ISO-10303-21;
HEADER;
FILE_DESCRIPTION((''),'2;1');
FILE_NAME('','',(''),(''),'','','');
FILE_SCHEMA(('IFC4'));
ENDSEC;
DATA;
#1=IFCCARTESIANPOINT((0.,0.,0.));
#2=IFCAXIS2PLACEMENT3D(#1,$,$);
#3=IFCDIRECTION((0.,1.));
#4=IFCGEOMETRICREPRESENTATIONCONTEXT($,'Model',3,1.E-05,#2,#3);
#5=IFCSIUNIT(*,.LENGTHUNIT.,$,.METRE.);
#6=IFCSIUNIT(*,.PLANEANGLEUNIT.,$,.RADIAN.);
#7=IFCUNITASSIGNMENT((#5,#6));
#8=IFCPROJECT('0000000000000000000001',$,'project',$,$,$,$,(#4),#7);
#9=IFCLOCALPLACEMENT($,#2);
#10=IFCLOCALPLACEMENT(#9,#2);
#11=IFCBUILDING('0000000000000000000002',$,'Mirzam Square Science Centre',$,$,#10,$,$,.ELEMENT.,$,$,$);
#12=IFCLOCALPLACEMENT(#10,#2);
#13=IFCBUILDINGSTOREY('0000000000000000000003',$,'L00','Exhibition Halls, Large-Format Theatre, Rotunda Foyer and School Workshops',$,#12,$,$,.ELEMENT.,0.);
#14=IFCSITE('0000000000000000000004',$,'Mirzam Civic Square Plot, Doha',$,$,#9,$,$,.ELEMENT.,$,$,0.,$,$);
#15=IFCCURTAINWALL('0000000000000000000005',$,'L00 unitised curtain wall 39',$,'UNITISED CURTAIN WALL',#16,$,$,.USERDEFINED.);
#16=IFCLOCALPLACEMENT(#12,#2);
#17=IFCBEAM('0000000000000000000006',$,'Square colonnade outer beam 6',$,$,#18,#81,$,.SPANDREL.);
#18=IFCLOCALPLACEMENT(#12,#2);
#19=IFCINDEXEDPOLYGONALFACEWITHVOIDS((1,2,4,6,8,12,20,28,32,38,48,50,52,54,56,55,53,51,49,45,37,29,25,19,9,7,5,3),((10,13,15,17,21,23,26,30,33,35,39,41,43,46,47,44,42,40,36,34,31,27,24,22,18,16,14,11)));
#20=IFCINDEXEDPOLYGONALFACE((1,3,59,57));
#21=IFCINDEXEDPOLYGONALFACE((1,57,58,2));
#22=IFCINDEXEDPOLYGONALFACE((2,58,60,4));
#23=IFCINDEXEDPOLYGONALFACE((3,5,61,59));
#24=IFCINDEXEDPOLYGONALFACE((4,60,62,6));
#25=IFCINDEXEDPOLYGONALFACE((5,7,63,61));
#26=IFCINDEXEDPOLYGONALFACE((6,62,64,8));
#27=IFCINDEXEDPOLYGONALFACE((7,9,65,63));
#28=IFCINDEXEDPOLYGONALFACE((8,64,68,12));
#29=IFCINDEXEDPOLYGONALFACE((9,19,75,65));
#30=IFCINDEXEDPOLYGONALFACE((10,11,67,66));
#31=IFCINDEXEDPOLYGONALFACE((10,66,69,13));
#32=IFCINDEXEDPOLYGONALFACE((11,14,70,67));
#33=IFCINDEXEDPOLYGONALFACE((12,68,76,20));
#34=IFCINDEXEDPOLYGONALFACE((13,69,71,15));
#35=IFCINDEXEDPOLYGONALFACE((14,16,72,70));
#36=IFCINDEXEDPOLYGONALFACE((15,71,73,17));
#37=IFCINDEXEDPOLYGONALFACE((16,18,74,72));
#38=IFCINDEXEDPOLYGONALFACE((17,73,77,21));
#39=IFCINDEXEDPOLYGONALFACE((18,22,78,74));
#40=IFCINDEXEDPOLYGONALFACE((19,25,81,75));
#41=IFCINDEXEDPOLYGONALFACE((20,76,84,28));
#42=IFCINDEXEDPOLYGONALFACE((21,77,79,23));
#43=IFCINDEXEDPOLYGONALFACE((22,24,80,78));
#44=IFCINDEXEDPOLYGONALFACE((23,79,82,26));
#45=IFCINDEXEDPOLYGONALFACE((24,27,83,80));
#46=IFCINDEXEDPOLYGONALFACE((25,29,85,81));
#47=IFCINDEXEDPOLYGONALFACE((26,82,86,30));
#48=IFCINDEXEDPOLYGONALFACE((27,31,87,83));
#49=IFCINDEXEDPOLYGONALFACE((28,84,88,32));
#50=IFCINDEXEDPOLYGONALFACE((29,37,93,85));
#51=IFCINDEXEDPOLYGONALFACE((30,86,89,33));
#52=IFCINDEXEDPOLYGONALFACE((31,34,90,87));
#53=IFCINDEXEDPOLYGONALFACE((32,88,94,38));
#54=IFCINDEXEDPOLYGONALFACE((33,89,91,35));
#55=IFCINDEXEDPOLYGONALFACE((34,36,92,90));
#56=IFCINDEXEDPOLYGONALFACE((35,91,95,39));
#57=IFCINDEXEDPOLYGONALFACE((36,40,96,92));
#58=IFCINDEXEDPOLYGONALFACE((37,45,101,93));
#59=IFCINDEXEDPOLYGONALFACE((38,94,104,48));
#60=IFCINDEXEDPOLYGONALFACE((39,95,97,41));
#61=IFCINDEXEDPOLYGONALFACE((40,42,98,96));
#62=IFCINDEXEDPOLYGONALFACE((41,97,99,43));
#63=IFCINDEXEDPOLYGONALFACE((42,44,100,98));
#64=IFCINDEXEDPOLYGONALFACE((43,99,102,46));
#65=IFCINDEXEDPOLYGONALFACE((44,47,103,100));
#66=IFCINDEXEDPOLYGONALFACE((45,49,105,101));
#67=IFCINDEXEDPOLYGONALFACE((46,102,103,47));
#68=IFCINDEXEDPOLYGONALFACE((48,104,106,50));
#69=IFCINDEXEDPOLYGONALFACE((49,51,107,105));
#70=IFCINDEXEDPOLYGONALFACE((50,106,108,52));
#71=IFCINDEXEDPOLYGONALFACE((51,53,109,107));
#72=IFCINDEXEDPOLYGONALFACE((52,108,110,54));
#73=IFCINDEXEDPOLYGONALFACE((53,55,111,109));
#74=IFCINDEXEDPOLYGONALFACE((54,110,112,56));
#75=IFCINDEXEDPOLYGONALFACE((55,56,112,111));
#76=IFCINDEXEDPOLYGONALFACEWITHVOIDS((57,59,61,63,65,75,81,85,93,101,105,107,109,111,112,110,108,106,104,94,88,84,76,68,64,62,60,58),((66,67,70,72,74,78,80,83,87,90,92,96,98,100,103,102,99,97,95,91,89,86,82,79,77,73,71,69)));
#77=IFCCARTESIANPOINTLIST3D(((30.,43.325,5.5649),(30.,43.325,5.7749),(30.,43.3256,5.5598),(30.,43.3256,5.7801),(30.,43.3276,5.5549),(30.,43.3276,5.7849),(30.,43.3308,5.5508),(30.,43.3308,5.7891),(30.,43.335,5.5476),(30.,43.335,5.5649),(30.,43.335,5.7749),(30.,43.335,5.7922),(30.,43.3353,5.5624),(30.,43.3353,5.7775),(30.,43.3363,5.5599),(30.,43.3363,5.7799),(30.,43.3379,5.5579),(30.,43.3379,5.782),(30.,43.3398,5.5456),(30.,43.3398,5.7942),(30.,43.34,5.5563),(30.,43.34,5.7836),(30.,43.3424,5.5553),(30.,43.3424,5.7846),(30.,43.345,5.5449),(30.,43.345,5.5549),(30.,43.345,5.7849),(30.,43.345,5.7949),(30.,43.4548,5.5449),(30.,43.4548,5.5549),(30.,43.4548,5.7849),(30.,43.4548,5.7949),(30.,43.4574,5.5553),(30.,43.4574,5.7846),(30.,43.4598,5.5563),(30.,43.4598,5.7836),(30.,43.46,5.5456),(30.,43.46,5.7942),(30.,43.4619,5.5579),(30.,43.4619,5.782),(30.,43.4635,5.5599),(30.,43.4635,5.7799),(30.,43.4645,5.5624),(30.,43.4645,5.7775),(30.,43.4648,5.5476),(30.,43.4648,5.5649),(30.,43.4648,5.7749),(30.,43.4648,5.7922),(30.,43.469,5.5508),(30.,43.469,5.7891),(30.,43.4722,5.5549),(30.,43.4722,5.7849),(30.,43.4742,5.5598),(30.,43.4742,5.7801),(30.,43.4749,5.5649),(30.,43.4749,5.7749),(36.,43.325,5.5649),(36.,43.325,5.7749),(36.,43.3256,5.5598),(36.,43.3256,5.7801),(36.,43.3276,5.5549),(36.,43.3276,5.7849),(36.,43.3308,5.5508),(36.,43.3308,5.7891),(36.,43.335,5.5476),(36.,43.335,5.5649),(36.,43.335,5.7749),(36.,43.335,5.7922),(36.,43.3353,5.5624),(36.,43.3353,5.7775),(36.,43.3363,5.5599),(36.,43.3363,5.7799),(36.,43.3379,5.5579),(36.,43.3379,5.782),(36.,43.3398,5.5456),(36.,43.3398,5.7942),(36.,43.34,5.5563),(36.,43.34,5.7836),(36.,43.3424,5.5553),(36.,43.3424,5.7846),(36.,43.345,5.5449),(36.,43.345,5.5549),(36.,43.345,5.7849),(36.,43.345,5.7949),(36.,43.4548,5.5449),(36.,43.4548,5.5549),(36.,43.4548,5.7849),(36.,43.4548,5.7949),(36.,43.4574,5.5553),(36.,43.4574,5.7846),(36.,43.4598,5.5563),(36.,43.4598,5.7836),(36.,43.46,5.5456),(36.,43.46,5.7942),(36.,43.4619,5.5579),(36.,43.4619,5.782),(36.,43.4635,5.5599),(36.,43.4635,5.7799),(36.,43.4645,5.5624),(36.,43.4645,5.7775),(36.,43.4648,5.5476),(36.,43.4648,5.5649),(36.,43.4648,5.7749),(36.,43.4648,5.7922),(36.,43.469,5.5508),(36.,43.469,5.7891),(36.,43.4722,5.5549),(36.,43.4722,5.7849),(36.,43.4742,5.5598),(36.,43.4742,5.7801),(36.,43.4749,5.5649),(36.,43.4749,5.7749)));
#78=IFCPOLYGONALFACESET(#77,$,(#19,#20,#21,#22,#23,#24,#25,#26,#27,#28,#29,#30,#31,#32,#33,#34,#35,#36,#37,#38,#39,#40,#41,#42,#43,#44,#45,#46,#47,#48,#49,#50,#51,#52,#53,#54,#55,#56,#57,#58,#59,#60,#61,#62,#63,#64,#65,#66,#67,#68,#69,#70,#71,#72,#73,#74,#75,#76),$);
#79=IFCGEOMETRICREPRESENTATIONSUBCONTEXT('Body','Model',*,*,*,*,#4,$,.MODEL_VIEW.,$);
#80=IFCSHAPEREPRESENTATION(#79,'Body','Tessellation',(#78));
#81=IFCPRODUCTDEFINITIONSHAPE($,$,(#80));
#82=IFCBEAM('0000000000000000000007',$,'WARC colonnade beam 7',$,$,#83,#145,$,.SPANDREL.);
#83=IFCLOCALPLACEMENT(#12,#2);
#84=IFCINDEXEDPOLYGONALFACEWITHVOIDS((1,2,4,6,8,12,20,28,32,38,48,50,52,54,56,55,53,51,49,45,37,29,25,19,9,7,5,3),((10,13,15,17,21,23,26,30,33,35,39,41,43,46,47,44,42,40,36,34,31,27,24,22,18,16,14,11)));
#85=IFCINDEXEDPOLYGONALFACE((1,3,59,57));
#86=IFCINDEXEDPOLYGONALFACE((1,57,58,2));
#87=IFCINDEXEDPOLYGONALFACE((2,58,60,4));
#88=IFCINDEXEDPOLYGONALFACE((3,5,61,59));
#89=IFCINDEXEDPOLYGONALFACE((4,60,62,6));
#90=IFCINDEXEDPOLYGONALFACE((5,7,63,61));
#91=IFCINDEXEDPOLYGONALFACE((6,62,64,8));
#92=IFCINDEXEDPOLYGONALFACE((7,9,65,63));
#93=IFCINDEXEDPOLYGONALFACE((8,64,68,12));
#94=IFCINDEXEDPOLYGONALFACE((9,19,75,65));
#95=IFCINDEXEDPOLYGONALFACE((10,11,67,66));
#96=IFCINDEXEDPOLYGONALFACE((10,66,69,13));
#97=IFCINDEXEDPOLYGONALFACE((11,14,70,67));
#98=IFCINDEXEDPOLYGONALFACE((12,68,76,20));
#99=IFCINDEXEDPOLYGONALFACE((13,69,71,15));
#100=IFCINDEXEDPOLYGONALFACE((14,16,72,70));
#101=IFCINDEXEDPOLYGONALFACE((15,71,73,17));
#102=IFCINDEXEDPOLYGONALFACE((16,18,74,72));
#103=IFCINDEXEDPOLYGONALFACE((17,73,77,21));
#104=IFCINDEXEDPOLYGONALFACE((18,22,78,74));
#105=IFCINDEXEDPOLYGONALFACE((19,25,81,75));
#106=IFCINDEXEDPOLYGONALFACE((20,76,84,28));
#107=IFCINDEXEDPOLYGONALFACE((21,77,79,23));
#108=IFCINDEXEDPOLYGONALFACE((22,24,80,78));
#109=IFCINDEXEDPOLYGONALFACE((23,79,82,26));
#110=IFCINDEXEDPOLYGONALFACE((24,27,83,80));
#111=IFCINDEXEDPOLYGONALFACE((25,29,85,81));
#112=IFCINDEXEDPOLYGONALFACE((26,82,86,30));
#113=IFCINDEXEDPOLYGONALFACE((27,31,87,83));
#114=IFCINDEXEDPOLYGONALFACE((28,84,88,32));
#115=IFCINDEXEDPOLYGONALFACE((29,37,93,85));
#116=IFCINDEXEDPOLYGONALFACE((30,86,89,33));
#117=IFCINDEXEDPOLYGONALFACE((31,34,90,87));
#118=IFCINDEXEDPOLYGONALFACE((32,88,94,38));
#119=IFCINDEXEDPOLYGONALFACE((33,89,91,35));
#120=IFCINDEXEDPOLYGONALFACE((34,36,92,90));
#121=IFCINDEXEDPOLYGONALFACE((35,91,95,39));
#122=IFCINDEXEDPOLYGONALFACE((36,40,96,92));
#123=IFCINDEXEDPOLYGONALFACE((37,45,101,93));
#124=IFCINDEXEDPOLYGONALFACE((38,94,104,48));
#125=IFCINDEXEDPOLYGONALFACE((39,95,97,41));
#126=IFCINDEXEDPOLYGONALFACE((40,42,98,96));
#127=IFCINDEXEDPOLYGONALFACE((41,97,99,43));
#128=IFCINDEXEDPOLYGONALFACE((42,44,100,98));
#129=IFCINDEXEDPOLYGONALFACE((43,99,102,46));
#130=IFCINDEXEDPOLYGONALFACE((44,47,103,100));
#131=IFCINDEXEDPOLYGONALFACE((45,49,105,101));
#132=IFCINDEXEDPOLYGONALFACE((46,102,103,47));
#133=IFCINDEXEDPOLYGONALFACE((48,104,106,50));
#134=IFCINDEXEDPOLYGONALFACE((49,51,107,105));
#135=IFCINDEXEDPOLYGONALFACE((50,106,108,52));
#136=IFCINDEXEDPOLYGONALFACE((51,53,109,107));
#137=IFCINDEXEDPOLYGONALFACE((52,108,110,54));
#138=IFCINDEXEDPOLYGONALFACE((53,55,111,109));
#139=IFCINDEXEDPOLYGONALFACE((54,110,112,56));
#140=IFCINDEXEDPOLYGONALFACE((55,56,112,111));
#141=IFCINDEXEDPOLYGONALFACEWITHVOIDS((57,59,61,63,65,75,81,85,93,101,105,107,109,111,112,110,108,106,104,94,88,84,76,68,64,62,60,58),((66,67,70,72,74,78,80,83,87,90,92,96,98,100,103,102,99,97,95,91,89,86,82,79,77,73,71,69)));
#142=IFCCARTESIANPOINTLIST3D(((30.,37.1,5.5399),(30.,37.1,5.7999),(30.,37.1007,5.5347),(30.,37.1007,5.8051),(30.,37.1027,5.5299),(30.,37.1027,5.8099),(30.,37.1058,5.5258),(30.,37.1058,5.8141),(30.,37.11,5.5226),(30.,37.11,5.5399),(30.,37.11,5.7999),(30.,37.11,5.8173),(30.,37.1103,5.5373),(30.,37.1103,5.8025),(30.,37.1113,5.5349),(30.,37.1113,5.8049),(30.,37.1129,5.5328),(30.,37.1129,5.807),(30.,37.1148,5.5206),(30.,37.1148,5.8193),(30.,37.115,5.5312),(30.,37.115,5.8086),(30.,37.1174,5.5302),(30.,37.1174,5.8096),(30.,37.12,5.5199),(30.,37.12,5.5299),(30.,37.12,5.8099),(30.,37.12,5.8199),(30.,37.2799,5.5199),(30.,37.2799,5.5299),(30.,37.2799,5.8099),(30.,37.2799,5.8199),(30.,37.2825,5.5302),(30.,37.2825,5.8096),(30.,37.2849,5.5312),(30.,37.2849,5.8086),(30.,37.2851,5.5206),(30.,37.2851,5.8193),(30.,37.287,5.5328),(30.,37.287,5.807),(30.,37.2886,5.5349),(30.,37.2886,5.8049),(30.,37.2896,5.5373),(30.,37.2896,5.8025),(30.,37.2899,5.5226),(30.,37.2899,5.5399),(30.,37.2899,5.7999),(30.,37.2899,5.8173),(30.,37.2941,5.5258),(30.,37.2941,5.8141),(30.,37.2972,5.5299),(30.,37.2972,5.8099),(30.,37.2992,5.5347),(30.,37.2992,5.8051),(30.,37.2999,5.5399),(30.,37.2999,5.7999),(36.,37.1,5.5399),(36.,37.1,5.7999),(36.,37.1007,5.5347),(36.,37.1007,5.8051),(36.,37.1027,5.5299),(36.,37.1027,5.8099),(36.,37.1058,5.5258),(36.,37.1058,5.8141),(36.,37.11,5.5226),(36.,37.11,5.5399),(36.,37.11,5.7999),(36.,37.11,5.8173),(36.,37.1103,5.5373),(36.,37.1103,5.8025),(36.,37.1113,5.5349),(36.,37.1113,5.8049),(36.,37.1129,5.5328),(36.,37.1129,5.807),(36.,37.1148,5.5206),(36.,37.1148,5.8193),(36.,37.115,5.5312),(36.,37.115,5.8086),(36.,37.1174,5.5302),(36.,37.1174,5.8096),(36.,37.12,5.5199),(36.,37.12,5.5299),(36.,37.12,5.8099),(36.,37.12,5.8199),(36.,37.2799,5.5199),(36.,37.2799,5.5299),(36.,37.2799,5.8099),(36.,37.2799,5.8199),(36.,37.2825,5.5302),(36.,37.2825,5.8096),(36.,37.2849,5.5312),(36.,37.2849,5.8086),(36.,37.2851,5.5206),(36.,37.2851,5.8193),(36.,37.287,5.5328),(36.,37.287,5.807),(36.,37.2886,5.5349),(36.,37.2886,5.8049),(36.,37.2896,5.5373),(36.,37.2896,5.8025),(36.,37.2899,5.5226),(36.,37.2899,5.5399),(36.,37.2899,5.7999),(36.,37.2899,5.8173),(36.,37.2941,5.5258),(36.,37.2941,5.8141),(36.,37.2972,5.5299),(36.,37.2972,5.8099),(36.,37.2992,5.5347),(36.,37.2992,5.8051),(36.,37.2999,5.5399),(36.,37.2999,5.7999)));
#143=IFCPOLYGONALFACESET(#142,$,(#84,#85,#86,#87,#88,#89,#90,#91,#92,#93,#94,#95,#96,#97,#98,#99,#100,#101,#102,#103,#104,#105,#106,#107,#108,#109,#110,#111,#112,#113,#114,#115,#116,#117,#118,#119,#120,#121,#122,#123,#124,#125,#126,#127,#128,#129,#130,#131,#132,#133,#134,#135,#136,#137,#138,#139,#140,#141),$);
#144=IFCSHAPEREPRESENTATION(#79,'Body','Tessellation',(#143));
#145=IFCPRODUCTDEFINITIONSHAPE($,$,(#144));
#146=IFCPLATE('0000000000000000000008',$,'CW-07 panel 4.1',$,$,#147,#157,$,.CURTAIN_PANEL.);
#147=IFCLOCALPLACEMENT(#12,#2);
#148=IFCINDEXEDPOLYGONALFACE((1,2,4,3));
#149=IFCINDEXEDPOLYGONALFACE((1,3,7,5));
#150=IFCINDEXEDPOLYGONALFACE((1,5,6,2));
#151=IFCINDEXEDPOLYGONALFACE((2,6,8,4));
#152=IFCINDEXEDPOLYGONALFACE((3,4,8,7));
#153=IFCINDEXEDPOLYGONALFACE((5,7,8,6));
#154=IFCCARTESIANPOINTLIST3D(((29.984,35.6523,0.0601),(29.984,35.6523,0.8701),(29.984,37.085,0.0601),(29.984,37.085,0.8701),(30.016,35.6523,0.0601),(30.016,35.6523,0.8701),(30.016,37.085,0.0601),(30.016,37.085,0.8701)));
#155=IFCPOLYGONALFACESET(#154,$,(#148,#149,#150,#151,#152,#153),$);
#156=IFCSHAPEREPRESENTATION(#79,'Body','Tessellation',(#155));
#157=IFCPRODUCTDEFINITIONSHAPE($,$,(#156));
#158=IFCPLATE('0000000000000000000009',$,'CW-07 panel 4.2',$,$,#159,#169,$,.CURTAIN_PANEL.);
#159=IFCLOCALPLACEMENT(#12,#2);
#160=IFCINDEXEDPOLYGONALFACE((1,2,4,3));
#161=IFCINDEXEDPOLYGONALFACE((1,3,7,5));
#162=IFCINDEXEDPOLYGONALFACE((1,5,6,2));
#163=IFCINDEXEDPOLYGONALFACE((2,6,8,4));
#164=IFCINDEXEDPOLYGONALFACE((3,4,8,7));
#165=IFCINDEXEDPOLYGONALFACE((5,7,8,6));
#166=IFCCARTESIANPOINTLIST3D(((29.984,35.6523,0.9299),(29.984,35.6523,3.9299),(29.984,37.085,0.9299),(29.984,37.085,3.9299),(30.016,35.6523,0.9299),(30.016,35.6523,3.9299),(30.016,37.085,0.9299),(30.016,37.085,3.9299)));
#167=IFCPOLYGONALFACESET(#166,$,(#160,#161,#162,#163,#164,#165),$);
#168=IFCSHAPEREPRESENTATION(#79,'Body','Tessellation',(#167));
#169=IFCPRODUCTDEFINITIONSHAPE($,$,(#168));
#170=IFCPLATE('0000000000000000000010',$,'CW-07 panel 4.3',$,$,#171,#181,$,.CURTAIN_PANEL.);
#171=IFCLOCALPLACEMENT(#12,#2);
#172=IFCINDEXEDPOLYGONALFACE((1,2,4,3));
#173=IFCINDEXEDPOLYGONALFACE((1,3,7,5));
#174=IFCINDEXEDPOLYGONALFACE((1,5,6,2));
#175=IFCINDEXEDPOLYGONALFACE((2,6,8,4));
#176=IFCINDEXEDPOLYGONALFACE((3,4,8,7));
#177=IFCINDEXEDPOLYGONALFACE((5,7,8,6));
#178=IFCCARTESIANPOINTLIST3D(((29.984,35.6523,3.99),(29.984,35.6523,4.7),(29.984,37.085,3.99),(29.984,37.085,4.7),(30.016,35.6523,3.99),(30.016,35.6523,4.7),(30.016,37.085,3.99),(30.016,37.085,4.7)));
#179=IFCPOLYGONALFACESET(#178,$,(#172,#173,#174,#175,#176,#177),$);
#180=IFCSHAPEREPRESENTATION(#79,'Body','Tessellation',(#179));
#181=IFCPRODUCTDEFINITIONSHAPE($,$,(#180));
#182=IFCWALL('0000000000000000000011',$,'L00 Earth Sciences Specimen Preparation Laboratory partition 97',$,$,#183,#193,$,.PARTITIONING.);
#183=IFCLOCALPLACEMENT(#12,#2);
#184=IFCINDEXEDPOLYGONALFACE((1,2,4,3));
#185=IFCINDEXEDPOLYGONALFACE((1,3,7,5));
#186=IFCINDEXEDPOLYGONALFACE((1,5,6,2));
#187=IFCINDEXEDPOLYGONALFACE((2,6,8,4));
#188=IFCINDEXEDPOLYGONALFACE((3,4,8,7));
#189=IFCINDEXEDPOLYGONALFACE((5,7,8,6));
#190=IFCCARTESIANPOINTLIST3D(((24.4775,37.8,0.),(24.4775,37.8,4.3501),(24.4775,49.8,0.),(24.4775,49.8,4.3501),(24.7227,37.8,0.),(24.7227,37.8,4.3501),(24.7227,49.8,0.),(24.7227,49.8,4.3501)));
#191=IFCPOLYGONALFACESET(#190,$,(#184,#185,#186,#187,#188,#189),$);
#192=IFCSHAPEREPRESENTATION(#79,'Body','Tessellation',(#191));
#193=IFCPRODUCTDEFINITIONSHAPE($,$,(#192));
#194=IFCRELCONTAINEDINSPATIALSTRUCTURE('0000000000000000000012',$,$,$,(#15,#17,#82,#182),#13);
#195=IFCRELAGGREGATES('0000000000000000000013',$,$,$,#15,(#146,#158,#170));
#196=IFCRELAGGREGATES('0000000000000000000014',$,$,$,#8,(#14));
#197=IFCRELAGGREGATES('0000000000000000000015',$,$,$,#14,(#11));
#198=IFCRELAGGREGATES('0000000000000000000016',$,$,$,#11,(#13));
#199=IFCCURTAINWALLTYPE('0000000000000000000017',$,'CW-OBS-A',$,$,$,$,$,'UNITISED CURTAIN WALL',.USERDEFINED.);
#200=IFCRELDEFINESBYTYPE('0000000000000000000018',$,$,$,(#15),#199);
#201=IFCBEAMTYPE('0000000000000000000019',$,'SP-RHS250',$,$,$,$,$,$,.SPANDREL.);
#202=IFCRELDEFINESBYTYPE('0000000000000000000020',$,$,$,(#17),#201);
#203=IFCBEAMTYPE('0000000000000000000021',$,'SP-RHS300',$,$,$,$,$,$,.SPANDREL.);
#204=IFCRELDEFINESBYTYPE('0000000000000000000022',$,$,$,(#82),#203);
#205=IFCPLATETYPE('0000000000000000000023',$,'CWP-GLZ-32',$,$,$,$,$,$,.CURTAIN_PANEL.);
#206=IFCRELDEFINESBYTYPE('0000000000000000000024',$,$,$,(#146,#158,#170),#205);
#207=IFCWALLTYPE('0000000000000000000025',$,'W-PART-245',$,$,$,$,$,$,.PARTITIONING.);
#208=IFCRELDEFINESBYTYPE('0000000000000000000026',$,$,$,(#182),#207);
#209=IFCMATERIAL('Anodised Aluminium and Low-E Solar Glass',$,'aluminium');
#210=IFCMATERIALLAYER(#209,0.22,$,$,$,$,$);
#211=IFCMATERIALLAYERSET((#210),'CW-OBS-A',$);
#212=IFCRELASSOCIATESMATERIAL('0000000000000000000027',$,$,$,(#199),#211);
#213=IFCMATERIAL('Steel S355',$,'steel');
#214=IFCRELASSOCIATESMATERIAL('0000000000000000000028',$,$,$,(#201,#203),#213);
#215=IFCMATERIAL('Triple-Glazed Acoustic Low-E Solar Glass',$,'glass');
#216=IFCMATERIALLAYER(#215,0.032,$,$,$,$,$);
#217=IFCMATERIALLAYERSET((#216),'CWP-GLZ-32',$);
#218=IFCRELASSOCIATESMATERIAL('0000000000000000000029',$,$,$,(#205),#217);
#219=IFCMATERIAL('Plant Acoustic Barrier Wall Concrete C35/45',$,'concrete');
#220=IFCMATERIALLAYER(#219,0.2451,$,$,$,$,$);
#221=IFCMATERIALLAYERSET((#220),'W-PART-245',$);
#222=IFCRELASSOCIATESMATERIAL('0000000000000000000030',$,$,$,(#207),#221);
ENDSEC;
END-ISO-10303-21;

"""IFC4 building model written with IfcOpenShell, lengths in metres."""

from ifc_helpers import new_model, si_unit, direction, frame, frame_2d, origin, origin_2d, place, context, subcontext, project, spatial, rectangle, hollow_rectangle, extrude, material, layer, layer_set, material_profile, profile_set, type_object, element, aggregate, save


model = new_model("IFC4")

# Units and contexts
model_context = context("Model", 3, precision=1e-05, world=origin(), true_north=direction((0.0, 1.0)))
body_context = subcontext(model_context, "Body", "Model", "MODEL_VIEW")
ifc_project = project(units=[si_unit("LENGTHUNIT", "METRE"), si_unit("PLANEANGLEUNIT", "RADIAN")], contexts=[model_context])

# Site, building, storey
site_placement = place(None, origin())
site = spatial("IfcSite", under=ifc_project, at=site_placement, Name="Mirzam Civic Square Plot, Doha", CompositionType="ELEMENT", RefElevation=0.0)
building_placement = place(site_placement, origin())
building = spatial("IfcBuilding", under=site, at=building_placement, Name="Mirzam Square Science Centre", CompositionType="ELEMENT")
storey_placement = place(building_placement, origin())
storey = spatial("IfcBuildingStorey", under=building, at=storey_placement, Name="L00", Description="Exhibition Halls, Large-Format Theatre, Rotunda Foyer and School Workshops", CompositionType="ELEMENT", Elevation=0.0)

# Shared definitions
ifc_material_1 = material(Name="Steel S355", Category="steel")

# Curtain wall
ifc_material_2 = material(Name="Anodised Aluminium and Low-E Solar Glass", Category="aluminium")
ifc_layer_1 = layer(ifc_material_2, 0.22)
ifc_layer_set_1 = layer_set([ifc_layer_1], Name="CW-OBS-A")
curtain_wall_type_1 = type_object("IfcCurtainWallType", Name="CW-OBS-A", ElementType="UNITISED CURTAIN WALL", PredefinedType="USERDEFINED", material=ifc_layer_set_1)
curtain_wall_1_placement = place(storey_placement, origin())
curtain_wall_1 = element("IfcCurtainWall", 1, at=curtain_wall_1_placement, inside=storey, type_object=curtain_wall_type_1, Name="L00 unitised curtain wall 39", ObjectType="UNITISED CURTAIN WALL", PredefinedType="USERDEFINED")

# Beams
ifc_material_profile_1 = material_profile(ifc_material_1, hollow_rectangle(XDim=0.1499, YDim=0.25, WallThickness=0.01, InnerFilletRadius=0.01, OuterFilletRadius=0.02, at=origin_2d()), Name="250x150x10.0RHS")
ifc_profile_set_1 = profile_set([ifc_material_profile_1], Name="Steel S355")
beam_type_1 = type_object("IfcBeamType", Name="SP-RHS250", PredefinedType="SPANDREL", material=ifc_profile_set_1)
beam_1_placement = place(storey_placement, frame((30.0, 43.3999, 5.6699), z_axis=(1.0, 0.0, 0.0), x_axis=(0.0, 1.0, 0.0)))
element("IfcBeam", 2, at=beam_1_placement, inside=storey, type_object=beam_type_1, Name="Square colonnade outer beam 6", PredefinedType="SPANDREL", context=body_context, shape_type="SweptSolid", body=[
    extrude(hollow_rectangle(XDim=0.1499, YDim=0.25, WallThickness=0.01, InnerFilletRadius=0.01, OuterFilletRadius=0.02, at=origin_2d()), origin(), (0.0, 0.0, 1.0), 6.0),
])
ifc_material_profile_2 = material_profile(ifc_material_1, hollow_rectangle(XDim=0.2, YDim=0.3, WallThickness=0.01, InnerFilletRadius=0.01, OuterFilletRadius=0.02, at=origin_2d()), Name="300x200x10.0RHS")
ifc_profile_set_2 = profile_set([ifc_material_profile_2], Name="Steel S355")
beam_type_2 = type_object("IfcBeamType", Name="SP-RHS300", PredefinedType="SPANDREL", material=ifc_profile_set_2)
beam_2_placement = place(storey_placement, frame((30.0, 37.2, 5.6699), z_axis=(1.0, 0.0, 0.0), x_axis=(0.0, 1.0, 0.0)))
element("IfcBeam", 3, at=beam_2_placement, inside=storey, type_object=beam_type_2, Name="WARC colonnade beam 7", PredefinedType="SPANDREL", context=body_context, shape_type="SweptSolid", body=[
    extrude(hollow_rectangle(XDim=0.2, YDim=0.3, WallThickness=0.01, InnerFilletRadius=0.01, OuterFilletRadius=0.02, at=origin_2d()), origin(), (0.0, 0.0, 1.0), 6.0),
])

# Plates
ifc_material_3 = material(Name="Triple-Glazed Acoustic Low-E Solar Glass", Category="glass")
ifc_layer_2 = layer(ifc_material_3, 0.032)
ifc_layer_set_2 = layer_set([ifc_layer_2], Name="CWP-GLZ-32")
plate_type = type_object("IfcPlateType", Name="CWP-GLZ-32", PredefinedType="CURTAIN_PANEL", material=ifc_layer_set_2)
plate_1_placement = place(storey_placement, frame((30.0, 36.3687, 0.0601), z_axis=(0.0, 0.0, 1.0), x_axis=(0.0, 1.0, 0.0)))
plate_1 = element("IfcPlate", 4, at=plate_1_placement, type_object=plate_type, Name="CW-07 panel 4.1", PredefinedType="CURTAIN_PANEL", context=body_context, shape_type="SweptSolid", body=[
    extrude(rectangle(XDim=1.4326, YDim=0.032, at=origin_2d()), origin(), (0.0, 0.0, 1.0), 0.8101),
])
plate_2_placement = place(storey_placement, frame((30.0, 36.3687, 0.9299), z_axis=(0.0, 0.0, 1.0), x_axis=(0.0, 1.0, 0.0)))
plate_2 = element("IfcPlate", 5, at=plate_2_placement, type_object=plate_type, Name="CW-07 panel 4.2", PredefinedType="CURTAIN_PANEL", context=body_context, shape_type="SweptSolid", body=[
    extrude(rectangle(XDim=1.4326, YDim=0.032, at=origin_2d()), origin(), (0.0, 0.0, 1.0), 3.0),
])
plate_3_placement = place(storey_placement, frame((30.0, 36.3687, 3.99), z_axis=(0.0, 0.0, 1.0), x_axis=(0.0, 1.0, 0.0)))
plate_3 = element("IfcPlate", 6, at=plate_3_placement, type_object=plate_type, Name="CW-07 panel 4.3", PredefinedType="CURTAIN_PANEL", context=body_context, shape_type="SweptSolid", body=[
    extrude(rectangle(XDim=1.4326, YDim=0.032, at=origin_2d()), origin(), (0.0, 0.0, 1.0), 0.71),
])
aggregate(curtain_wall_1, [plate_1, plate_2, plate_3])

# Wall
ifc_material_4 = material(Name="Plant Acoustic Barrier Wall Concrete C35/45", Category="concrete")
ifc_layer_3 = layer(ifc_material_4, 0.2451)
ifc_layer_set_3 = layer_set([ifc_layer_3], Name="W-PART-245")
wall_type = type_object("IfcWallType", Name="W-PART-245", PredefinedType="PARTITIONING", material=ifc_layer_set_3)
wall_placement = place(storey_placement, frame((24.6001, 37.8, 0.0), z_axis=(0.0, 0.0, 1.0), x_axis=(0.0, 1.0, 0.0)))
element("IfcWall", 7, at=wall_placement, inside=storey, type_object=wall_type, Name="L00 Earth Sciences Specimen Preparation Laboratory partition 97", PredefinedType="PARTITIONING", context=body_context, shape_type="SweptSolid", body=[
    extrude(rectangle(XDim=12.0, YDim=0.2451, at=frame_2d((6.0, 0.0))), origin(), (0.0, 0.0, 1.0), 4.3501),
])

save(model, "model.ifc")
